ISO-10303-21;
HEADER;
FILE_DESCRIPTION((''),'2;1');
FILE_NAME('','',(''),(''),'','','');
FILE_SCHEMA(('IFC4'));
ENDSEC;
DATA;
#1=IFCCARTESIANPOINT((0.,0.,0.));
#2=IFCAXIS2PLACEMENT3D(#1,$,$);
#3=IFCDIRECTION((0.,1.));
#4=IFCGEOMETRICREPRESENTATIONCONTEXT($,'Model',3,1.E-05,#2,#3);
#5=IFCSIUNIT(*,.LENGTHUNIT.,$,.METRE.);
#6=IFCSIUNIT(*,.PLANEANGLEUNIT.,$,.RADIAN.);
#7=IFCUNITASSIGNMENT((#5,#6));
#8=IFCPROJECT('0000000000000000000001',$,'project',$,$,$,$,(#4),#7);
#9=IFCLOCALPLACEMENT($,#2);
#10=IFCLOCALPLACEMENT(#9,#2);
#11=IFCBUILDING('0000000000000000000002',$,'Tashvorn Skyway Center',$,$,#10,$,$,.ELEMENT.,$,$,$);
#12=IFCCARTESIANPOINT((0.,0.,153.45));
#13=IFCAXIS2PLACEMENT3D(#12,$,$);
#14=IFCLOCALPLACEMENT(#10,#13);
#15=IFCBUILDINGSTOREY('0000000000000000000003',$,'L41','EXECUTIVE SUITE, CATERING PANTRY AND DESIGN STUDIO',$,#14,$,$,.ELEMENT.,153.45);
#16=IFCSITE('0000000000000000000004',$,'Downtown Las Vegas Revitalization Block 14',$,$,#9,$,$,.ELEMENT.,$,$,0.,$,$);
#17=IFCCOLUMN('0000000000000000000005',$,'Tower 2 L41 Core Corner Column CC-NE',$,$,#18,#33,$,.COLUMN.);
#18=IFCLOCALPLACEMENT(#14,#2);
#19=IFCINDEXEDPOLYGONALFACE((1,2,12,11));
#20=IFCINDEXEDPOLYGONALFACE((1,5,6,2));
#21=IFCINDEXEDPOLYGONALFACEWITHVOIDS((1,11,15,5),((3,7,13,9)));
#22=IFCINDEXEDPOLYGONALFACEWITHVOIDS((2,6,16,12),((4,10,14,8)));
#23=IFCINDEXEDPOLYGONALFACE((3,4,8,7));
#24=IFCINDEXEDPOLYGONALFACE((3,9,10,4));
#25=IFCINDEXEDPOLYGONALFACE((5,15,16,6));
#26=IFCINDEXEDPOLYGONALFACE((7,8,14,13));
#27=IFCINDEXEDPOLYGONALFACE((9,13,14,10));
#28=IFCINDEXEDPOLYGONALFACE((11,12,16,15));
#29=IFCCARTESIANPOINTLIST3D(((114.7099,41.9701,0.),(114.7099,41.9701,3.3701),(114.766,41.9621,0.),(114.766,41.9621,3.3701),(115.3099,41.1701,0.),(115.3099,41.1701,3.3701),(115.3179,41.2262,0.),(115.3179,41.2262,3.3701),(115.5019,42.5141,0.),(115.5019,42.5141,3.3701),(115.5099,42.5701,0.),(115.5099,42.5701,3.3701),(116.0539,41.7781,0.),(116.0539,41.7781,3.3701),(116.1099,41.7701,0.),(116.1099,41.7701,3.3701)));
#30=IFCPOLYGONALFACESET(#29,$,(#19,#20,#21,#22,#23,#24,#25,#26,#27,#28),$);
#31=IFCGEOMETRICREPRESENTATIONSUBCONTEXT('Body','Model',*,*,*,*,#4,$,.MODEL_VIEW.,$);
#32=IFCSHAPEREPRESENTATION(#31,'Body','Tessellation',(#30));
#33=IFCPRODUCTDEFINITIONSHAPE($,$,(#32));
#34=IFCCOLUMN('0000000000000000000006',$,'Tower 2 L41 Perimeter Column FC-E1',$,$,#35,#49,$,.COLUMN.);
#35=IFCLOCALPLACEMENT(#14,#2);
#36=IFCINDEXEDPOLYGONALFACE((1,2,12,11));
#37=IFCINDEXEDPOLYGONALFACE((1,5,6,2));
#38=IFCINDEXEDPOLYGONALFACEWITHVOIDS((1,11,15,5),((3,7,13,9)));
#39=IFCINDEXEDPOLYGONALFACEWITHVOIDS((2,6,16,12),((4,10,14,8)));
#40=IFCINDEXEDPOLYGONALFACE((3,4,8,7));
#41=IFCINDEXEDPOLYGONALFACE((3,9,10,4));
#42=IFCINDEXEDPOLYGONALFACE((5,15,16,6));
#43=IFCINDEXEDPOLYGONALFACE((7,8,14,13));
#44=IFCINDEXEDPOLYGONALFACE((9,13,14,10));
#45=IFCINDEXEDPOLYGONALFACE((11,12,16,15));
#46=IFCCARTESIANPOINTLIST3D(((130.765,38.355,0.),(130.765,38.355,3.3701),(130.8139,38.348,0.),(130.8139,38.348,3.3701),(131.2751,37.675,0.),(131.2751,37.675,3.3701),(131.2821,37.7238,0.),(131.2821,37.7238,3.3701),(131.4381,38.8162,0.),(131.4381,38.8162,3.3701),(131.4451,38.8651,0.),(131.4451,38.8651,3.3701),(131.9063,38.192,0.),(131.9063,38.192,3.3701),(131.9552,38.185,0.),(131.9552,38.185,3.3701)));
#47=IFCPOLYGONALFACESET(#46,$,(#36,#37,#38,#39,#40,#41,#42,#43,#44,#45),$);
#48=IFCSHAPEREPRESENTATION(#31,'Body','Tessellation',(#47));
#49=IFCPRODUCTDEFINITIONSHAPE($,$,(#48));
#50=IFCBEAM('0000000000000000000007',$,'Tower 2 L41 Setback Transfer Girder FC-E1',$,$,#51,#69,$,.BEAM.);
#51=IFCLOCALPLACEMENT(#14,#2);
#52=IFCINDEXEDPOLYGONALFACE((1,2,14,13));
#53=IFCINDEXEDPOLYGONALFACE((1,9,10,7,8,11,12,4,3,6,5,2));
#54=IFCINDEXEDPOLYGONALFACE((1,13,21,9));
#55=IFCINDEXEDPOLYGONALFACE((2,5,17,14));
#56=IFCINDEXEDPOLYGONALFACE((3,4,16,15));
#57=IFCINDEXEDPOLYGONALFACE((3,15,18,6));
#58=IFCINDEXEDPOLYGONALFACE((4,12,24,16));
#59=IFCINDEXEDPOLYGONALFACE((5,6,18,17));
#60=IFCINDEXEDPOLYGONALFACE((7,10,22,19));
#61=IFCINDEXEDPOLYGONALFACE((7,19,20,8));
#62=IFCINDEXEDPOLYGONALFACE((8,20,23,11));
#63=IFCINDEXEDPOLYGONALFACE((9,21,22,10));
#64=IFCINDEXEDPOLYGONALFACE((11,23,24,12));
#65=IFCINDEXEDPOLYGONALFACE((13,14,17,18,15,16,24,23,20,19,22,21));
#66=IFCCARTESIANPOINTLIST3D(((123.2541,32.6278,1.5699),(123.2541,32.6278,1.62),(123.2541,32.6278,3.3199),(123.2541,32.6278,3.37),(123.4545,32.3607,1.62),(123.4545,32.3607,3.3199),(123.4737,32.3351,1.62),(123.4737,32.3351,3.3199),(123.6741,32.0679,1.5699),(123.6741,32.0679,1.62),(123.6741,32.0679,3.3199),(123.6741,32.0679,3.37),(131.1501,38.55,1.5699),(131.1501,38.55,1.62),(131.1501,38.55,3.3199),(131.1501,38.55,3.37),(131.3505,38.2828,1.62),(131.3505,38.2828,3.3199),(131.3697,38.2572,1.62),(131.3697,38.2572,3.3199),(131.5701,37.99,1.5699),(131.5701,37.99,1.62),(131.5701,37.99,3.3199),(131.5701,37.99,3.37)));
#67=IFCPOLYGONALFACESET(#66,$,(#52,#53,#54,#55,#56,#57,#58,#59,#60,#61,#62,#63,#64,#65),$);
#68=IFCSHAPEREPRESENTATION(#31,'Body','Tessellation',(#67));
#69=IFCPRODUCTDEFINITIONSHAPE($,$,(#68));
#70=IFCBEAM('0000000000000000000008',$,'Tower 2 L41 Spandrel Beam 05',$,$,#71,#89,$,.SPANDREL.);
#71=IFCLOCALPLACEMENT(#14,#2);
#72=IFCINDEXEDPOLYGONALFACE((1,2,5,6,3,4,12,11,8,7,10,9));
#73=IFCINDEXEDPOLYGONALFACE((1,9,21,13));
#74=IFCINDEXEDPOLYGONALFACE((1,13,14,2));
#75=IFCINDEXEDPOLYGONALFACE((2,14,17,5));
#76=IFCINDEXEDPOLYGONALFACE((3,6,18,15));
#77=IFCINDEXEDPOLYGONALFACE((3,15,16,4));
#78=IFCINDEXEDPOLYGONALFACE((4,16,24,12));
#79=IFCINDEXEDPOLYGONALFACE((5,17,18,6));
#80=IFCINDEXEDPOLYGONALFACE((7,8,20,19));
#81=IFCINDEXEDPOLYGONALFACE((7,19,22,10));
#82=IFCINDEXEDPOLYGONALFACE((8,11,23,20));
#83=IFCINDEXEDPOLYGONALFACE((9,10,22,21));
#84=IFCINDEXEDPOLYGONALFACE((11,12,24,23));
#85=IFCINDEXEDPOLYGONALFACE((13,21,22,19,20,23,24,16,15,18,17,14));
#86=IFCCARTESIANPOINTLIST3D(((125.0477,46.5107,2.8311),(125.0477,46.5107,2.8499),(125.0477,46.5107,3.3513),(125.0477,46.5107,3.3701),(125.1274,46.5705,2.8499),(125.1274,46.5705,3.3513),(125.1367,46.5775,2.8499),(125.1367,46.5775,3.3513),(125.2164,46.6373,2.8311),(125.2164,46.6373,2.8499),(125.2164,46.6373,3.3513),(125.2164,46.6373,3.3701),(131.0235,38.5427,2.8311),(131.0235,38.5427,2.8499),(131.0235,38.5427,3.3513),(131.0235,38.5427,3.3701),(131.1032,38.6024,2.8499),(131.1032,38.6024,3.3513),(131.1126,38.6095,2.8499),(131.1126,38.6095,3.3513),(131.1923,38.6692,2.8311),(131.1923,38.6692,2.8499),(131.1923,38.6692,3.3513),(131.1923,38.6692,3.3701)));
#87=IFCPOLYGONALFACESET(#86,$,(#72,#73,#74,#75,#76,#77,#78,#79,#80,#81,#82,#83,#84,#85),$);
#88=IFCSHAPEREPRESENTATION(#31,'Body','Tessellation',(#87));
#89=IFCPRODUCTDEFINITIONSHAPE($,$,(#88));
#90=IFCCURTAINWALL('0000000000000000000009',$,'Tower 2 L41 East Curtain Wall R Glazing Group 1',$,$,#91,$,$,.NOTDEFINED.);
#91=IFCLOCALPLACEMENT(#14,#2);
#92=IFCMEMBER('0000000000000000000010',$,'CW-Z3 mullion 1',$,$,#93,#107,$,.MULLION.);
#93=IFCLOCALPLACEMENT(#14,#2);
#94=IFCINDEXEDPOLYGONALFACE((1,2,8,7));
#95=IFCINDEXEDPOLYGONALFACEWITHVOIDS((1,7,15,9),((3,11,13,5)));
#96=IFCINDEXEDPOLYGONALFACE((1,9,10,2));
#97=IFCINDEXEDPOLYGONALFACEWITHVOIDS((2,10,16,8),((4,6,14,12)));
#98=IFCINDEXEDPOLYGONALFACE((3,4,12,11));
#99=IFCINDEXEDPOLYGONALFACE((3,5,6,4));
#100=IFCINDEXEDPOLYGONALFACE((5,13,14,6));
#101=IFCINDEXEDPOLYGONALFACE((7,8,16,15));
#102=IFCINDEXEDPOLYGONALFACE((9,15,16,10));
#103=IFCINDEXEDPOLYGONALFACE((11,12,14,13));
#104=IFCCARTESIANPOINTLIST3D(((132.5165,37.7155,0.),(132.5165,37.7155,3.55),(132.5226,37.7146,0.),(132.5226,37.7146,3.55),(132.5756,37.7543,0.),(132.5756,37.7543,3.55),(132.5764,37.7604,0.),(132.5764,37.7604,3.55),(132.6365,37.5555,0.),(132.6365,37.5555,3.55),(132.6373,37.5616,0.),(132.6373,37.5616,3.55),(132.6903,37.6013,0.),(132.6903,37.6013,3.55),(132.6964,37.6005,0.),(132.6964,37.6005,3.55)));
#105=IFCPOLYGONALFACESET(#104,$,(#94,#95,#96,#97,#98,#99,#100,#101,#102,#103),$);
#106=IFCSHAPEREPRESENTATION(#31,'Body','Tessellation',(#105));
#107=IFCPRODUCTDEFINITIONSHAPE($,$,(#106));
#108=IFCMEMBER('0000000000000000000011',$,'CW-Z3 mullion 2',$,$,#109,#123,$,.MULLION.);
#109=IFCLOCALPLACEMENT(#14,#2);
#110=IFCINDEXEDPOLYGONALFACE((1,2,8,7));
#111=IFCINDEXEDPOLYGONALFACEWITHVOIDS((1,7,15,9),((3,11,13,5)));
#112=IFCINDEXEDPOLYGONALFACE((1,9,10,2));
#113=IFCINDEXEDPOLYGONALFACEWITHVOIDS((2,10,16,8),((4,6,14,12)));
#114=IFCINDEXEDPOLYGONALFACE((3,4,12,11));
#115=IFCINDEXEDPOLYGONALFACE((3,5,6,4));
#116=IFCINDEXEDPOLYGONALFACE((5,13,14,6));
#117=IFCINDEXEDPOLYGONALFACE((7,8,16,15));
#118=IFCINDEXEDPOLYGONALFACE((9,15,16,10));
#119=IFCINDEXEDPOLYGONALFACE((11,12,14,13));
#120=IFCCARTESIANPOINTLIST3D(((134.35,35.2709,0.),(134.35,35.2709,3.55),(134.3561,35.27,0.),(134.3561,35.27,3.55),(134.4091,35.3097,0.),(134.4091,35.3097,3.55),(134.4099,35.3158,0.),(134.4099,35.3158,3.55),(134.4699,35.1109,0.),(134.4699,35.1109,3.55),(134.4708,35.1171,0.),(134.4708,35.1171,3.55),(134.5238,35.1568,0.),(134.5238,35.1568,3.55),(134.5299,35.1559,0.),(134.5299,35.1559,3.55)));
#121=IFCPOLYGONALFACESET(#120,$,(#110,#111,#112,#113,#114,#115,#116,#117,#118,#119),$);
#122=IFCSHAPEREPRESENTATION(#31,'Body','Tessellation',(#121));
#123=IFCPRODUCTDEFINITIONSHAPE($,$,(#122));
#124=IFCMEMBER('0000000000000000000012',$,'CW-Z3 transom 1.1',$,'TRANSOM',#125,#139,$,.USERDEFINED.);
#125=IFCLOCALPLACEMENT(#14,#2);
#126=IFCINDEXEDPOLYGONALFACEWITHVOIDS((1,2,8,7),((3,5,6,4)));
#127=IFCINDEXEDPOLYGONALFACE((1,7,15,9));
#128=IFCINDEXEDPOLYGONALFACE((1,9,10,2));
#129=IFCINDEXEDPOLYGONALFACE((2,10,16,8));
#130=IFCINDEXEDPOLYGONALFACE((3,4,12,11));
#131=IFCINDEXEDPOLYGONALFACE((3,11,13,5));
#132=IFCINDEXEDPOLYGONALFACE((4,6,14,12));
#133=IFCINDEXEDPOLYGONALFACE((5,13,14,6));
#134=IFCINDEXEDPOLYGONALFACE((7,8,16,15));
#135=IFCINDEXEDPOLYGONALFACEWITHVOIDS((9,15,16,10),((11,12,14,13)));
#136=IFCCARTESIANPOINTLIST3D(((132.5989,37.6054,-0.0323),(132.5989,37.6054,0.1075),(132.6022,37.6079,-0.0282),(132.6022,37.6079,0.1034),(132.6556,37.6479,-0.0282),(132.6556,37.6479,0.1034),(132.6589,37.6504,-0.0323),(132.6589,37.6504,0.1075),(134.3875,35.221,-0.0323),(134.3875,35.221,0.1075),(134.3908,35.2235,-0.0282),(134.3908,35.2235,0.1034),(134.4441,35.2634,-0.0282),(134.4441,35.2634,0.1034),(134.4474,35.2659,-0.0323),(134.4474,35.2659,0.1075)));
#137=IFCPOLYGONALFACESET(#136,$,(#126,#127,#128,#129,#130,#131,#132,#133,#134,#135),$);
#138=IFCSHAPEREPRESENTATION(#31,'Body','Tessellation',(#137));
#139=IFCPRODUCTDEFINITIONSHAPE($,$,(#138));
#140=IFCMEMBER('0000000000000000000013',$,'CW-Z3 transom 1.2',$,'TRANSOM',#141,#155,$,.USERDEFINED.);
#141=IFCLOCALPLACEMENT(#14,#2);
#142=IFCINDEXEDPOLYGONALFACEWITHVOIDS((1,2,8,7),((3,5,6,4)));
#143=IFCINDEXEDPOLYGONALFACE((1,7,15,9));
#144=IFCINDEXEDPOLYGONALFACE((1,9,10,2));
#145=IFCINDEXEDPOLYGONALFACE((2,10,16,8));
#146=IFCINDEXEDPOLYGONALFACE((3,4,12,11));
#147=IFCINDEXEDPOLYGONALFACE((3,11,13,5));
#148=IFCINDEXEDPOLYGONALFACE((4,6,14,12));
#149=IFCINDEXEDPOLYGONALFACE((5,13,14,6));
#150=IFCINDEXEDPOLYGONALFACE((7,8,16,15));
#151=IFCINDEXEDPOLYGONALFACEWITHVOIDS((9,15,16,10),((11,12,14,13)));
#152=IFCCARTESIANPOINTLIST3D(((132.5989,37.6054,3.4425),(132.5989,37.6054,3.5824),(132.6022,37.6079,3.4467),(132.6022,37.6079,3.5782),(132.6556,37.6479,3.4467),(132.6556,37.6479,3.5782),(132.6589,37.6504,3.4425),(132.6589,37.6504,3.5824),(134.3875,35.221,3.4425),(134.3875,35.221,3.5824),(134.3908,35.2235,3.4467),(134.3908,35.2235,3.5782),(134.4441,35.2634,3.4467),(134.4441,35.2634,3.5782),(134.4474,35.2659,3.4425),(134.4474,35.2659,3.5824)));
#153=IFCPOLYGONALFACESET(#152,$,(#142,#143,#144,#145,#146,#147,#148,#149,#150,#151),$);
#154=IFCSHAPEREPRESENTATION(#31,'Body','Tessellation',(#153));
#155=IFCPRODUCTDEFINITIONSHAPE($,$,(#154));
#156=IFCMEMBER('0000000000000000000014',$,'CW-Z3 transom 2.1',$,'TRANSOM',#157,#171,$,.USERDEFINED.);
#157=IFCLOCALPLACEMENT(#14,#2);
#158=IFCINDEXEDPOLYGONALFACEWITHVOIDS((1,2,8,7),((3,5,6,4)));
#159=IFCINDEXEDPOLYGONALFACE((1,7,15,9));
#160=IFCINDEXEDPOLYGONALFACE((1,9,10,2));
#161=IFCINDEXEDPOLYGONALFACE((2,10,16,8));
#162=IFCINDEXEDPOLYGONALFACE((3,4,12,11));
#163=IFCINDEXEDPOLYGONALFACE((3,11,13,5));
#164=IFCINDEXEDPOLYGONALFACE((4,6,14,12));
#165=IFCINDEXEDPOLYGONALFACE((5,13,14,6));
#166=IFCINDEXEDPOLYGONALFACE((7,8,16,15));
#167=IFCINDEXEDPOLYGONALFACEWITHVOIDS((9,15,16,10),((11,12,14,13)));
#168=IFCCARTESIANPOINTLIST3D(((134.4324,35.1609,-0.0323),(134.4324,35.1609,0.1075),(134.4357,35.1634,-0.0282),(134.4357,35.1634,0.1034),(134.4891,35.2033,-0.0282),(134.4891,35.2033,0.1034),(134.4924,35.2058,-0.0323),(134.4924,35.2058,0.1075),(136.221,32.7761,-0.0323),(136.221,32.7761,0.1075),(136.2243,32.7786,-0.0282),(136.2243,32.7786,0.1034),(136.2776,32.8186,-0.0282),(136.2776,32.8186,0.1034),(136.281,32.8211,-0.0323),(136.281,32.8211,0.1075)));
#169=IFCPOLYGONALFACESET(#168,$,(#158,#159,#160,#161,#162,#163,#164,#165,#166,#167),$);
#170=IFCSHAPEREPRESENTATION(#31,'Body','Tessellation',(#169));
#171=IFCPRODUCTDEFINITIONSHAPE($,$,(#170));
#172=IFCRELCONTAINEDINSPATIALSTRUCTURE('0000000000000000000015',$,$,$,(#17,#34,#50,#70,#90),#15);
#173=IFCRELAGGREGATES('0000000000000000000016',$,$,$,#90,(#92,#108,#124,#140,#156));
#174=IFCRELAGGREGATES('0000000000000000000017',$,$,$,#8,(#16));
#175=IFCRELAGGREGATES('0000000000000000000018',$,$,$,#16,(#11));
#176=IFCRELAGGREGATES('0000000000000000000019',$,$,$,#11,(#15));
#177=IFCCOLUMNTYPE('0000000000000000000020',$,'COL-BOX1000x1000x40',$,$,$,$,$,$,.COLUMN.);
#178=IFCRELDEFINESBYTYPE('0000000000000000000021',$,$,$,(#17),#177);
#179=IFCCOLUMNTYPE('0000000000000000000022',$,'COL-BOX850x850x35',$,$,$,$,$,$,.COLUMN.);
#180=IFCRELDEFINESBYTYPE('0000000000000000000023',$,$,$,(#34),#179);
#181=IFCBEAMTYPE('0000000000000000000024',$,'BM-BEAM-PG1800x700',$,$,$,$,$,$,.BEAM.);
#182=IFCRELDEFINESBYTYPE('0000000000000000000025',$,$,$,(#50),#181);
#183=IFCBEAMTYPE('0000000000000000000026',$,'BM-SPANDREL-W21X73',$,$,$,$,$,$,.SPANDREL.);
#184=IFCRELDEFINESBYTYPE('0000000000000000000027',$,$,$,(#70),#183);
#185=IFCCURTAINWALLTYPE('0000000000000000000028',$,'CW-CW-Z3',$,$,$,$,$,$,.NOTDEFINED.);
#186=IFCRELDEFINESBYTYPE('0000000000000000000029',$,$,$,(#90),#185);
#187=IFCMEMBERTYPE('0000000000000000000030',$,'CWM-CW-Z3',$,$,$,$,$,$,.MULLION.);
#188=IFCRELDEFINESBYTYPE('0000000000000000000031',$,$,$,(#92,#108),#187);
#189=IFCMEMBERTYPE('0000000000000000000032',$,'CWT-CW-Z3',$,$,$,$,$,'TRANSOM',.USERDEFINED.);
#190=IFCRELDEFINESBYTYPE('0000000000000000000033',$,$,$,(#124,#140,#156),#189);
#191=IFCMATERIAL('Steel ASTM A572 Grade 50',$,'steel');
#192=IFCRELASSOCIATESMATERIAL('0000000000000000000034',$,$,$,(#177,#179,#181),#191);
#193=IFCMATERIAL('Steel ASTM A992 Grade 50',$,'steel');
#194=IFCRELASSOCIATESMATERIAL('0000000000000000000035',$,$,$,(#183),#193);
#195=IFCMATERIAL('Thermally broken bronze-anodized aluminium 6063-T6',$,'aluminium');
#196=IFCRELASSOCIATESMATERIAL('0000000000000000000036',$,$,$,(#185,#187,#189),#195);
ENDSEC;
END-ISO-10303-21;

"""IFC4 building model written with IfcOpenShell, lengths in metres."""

from ifc_helpers import new_model, si_unit, direction, frame, origin, origin_2d, place, context, subcontext, project, spatial, hollow_rectangle, i_section, extrude, material, material_profile, profile_set, type_object, element, aggregate, save


model = new_model("IFC4")

# Units and contexts
model_context = context("Model", 3, precision=1e-05, world=origin(), true_north=direction((0.0, 1.0)))
body_context = subcontext(model_context, "Body", "Model", "MODEL_VIEW")
ifc_project = project(units=[si_unit("LENGTHUNIT", "METRE"), si_unit("PLANEANGLEUNIT", "RADIAN")], contexts=[model_context])

# Site, building, storey
site_placement = place(None, origin())
site = spatial("IfcSite", under=ifc_project, at=site_placement, Name="Downtown Las Vegas Revitalization Block 14", CompositionType="ELEMENT", RefElevation=0.0)
building_placement = place(site_placement, origin())
building = spatial("IfcBuilding", under=site, at=building_placement, Name="Tashvorn Skyway Center", CompositionType="ELEMENT")
storey_placement = place(building_placement, frame((0.0, 0.0, 153.45)))
storey = spatial("IfcBuildingStorey", under=building, at=storey_placement, Name="L41", Description="EXECUTIVE SUITE, CATERING PANTRY AND DESIGN STUDIO", CompositionType="ELEMENT", Elevation=153.45)

# Columns
ifc_material_1 = material(Name="Steel ASTM A572 Grade 50", Category="steel")
ifc_material_profile_1 = material_profile(ifc_material_1, hollow_rectangle(XDim=1.0, YDim=1.0, WallThickness=0.04, at=origin_2d()), Name="BOX1000x1000x40")
ifc_profile_set_1 = profile_set([ifc_material_profile_1], Name="Steel ASTM A572 Grade 50")
column_type_1 = type_object("IfcColumnType", Name="COL-BOX1000x1000x40", PredefinedType="COLUMN", material=ifc_profile_set_1)
column_1_placement = place(storey_placement, frame((115.4099, 41.8701, 0.0), z_axis=(0.0, 0.0, 1.0), x_axis=(0.8, 0.6, 0.0)))
element("IfcColumn", 1, at=column_1_placement, inside=storey, type_object=column_type_1, Name="Tower 2 L41 Core Corner Column CC-NE", PredefinedType="COLUMN", context=body_context, shape_type="SweptSolid", body=[
    extrude(hollow_rectangle(XDim=1.0, YDim=1.0, WallThickness=0.04, at=origin_2d()), origin(), (0.0, 0.0, 1.0), 3.3701),
])
ifc_material_profile_2 = material_profile(ifc_material_1, hollow_rectangle(XDim=0.8501, YDim=0.8501, WallThickness=0.0349, at=origin_2d()), Name="BOX850x850x35")
ifc_profile_set_2 = profile_set([ifc_material_profile_2], Name="Steel ASTM A572 Grade 50")
column_type_2 = type_object("IfcColumnType", Name="COL-BOX850x850x35", PredefinedType="COLUMN", material=ifc_profile_set_2)
column_2_placement = place(storey_placement, frame((131.3601, 38.27, 0.0), z_axis=(0.0, 0.0, 1.0), x_axis=(0.8, 0.6, 0.0)))
element("IfcColumn", 2, at=column_2_placement, inside=storey, type_object=column_type_2, Name="Tower 2 L41 Perimeter Column FC-E1", PredefinedType="COLUMN", context=body_context, shape_type="SweptSolid", body=[
    extrude(hollow_rectangle(XDim=0.8501, YDim=0.8501, WallThickness=0.0349, at=origin_2d()), origin(), (0.0, 0.0, 1.0), 3.3701),
])

# Beams
ifc_material_profile_3 = material_profile(ifc_material_1, i_section(OverallWidth=0.7, OverallDepth=1.8, WebThickness=0.032, FlangeThickness=0.05, at=origin_2d()), Name="PG1800x700")
ifc_profile_set_3 = profile_set([ifc_material_profile_3], Name="Steel ASTM A572 Grade 50")
beam_type_1 = type_object("IfcBeamType", Name="BM-BEAM-PG1800x700", PredefinedType="BEAM", material=ifc_profile_set_3)
beam_1_placement = place(storey_placement, frame((131.3601, 38.27, 2.47), z_axis=(-0.799994, -0.600008, 0.0), x_axis=(0.600008, -0.799994, 0.0)))
element("IfcBeam", 3, at=beam_1_placement, inside=storey, type_object=beam_type_1, Name="Tower 2 L41 Setback Transfer Girder FC-E1", PredefinedType="BEAM", context=body_context, shape_type="SweptSolid", body=[
    extrude(i_section(OverallWidth=0.7, OverallDepth=1.8, WebThickness=0.032, FlangeThickness=0.05, at=origin_2d()), origin(), (0.0, 0.0, 1.0), 9.8701),
])
ifc_material_2 = material(Name="Steel ASTM A992 Grade 50", Category="steel")
ifc_material_profile_4 = material_profile(ifc_material_2, i_section(OverallWidth=0.2109, OverallDepth=0.5391, WebThickness=0.0117, FlangeThickness=0.0188, at=origin_2d()), Name="W21X73")
ifc_profile_set_4 = profile_set([ifc_material_profile_4], Name="Steel ASTM A992 Grade 50")
beam_type_2 = type_object("IfcBeamType", Name="BM-SPANDREL-W21X73", PredefinedType="SPANDREL", material=ifc_profile_set_4)
beam_2_placement = place(storey_placement, frame((131.1079, 38.606, 3.1006), z_axis=(-0.599988, 0.800009, 0.0), x_axis=(-0.800009, -0.599988, 0.0)))
element("IfcBeam", 4, at=beam_2_placement, inside=storey, type_object=beam_type_2, Name="Tower 2 L41 Spandrel Beam 05", PredefinedType="SPANDREL", context=body_context, shape_type="SweptSolid", body=[
    extrude(i_section(OverallWidth=0.2109, OverallDepth=0.5391, WebThickness=0.0117, FlangeThickness=0.0188, at=origin_2d()), origin(), (0.0, 0.0, 1.0), 9.96),
])

# Curtain wall, members
ifc_material_3 = material(Name="Thermally broken bronze-anodized aluminium 6063-T6", Category="aluminium")
curtain_wall_type = type_object("IfcCurtainWallType", Name="CW-CW-Z3", PredefinedType="NOTDEFINED", material=ifc_material_3)
curtain_wall_placement = place(storey_placement, origin())
curtain_wall = element("IfcCurtainWall", 5, at=curtain_wall_placement, inside=storey, type_object=curtain_wall_type, Name="Tower 2 L41 East Curtain Wall R Glazing Group 1", PredefinedType="NOTDEFINED")
ifc_material_profile_5 = material_profile(ifc_material_3, hollow_rectangle(XDim=0.075, YDim=0.2, WallThickness=0.0044, at=origin_2d()), Name="ALU-MULL-75x200")
ifc_profile_set_5 = profile_set([ifc_material_profile_5], Name="Thermally broken bronze-anodized aluminium 6063-T6")
member_type_1 = type_object("IfcMemberType", Name="CWM-CW-Z3", PredefinedType="MULLION", material=ifc_profile_set_5)
member_1_placement = place(storey_placement, frame((132.6064, 37.658, 0.0), z_axis=(0.0, 0.0, 1.0), x_axis=(0.799998, 0.600003, 0.0)))
member_1 = element("IfcMember", 6, at=member_1_placement, type_object=member_type_1, Name="CW-Z3 mullion 1", PredefinedType="MULLION", context=body_context, shape_type="SweptSolid", body=[
    extrude(hollow_rectangle(XDim=0.075, YDim=0.2, WallThickness=0.0044, at=origin_2d()), origin(), (0.0, 0.0, 1.0), 3.55),
])
member_2_placement = place(storey_placement, frame((134.4399, 35.2134, 0.0), z_axis=(0.0, 0.0, 1.0), x_axis=(0.799998, 0.600003, 0.0)))
member_2 = element("IfcMember", 7, at=member_2_placement, type_object=member_type_1, Name="CW-Z3 mullion 2", PredefinedType="MULLION", context=body_context, shape_type="SweptSolid", body=[
    extrude(hollow_rectangle(XDim=0.075, YDim=0.2, WallThickness=0.0044, at=origin_2d()), origin(), (0.0, 0.0, 1.0), 3.55),
])
ifc_material_profile_6 = material_profile(ifc_material_3, hollow_rectangle(XDim=0.075, YDim=0.1399, WallThickness=0.0042, at=origin_2d()), Name="ALU-TRAN-75x140")
ifc_profile_set_6 = profile_set([ifc_material_profile_6], Name="Thermally broken bronze-anodized aluminium 6063-T6")
member_type_2 = type_object("IfcMemberType", Name="CWT-CW-Z3", ElementType="TRANSOM", PredefinedType="USERDEFINED", material=ifc_profile_set_6)
member_3_placement = place(storey_placement, frame((132.6289, 37.6279, 0.0376), z_axis=(0.600039, -0.799971, 0.0), x_axis=(0.799971, 0.600039, 0.0)))
member_3 = element("IfcMember", 8, at=member_3_placement, type_object=member_type_2, Name="CW-Z3 transom 1.1", ObjectType="TRANSOM", PredefinedType="USERDEFINED", context=body_context, shape_type="SweptSolid", body=[
    extrude(hollow_rectangle(XDim=0.075, YDim=0.1399, WallThickness=0.0042, at=origin_2d()), origin(), (0.0, 0.0, 1.0), 2.9807),
])
member_4_placement = place(storey_placement, frame((132.6289, 37.6279, 3.5125), z_axis=(0.600039, -0.799971, 0.0), x_axis=(0.799971, 0.600039, 0.0)))
member_4 = element("IfcMember", 9, at=member_4_placement, type_object=member_type_2, Name="CW-Z3 transom 1.2", ObjectType="TRANSOM", PredefinedType="USERDEFINED", context=body_context, shape_type="SweptSolid", body=[
    extrude(hollow_rectangle(XDim=0.075, YDim=0.1399, WallThickness=0.0042, at=origin_2d()), origin(), (0.0, 0.0, 1.0), 2.9807),
])
member_5_placement = place(storey_placement, frame((134.4624, 35.1833, 0.0376), z_axis=(0.6, -0.8, 0.0), x_axis=(0.8, 0.6, 0.0)))
member_5 = element("IfcMember", 10, at=member_5_placement, type_object=member_type_2, Name="CW-Z3 transom 2.1", ObjectType="TRANSOM", PredefinedType="USERDEFINED", context=body_context, shape_type="SweptSolid", body=[
    extrude(hollow_rectangle(XDim=0.075, YDim=0.1399, WallThickness=0.0042, at=origin_2d()), origin(), (0.0, 0.0, 1.0), 2.981),
])
aggregate(curtain_wall, [member_1, member_2, member_3, member_4, member_5])

save(model, "model.ifc")
